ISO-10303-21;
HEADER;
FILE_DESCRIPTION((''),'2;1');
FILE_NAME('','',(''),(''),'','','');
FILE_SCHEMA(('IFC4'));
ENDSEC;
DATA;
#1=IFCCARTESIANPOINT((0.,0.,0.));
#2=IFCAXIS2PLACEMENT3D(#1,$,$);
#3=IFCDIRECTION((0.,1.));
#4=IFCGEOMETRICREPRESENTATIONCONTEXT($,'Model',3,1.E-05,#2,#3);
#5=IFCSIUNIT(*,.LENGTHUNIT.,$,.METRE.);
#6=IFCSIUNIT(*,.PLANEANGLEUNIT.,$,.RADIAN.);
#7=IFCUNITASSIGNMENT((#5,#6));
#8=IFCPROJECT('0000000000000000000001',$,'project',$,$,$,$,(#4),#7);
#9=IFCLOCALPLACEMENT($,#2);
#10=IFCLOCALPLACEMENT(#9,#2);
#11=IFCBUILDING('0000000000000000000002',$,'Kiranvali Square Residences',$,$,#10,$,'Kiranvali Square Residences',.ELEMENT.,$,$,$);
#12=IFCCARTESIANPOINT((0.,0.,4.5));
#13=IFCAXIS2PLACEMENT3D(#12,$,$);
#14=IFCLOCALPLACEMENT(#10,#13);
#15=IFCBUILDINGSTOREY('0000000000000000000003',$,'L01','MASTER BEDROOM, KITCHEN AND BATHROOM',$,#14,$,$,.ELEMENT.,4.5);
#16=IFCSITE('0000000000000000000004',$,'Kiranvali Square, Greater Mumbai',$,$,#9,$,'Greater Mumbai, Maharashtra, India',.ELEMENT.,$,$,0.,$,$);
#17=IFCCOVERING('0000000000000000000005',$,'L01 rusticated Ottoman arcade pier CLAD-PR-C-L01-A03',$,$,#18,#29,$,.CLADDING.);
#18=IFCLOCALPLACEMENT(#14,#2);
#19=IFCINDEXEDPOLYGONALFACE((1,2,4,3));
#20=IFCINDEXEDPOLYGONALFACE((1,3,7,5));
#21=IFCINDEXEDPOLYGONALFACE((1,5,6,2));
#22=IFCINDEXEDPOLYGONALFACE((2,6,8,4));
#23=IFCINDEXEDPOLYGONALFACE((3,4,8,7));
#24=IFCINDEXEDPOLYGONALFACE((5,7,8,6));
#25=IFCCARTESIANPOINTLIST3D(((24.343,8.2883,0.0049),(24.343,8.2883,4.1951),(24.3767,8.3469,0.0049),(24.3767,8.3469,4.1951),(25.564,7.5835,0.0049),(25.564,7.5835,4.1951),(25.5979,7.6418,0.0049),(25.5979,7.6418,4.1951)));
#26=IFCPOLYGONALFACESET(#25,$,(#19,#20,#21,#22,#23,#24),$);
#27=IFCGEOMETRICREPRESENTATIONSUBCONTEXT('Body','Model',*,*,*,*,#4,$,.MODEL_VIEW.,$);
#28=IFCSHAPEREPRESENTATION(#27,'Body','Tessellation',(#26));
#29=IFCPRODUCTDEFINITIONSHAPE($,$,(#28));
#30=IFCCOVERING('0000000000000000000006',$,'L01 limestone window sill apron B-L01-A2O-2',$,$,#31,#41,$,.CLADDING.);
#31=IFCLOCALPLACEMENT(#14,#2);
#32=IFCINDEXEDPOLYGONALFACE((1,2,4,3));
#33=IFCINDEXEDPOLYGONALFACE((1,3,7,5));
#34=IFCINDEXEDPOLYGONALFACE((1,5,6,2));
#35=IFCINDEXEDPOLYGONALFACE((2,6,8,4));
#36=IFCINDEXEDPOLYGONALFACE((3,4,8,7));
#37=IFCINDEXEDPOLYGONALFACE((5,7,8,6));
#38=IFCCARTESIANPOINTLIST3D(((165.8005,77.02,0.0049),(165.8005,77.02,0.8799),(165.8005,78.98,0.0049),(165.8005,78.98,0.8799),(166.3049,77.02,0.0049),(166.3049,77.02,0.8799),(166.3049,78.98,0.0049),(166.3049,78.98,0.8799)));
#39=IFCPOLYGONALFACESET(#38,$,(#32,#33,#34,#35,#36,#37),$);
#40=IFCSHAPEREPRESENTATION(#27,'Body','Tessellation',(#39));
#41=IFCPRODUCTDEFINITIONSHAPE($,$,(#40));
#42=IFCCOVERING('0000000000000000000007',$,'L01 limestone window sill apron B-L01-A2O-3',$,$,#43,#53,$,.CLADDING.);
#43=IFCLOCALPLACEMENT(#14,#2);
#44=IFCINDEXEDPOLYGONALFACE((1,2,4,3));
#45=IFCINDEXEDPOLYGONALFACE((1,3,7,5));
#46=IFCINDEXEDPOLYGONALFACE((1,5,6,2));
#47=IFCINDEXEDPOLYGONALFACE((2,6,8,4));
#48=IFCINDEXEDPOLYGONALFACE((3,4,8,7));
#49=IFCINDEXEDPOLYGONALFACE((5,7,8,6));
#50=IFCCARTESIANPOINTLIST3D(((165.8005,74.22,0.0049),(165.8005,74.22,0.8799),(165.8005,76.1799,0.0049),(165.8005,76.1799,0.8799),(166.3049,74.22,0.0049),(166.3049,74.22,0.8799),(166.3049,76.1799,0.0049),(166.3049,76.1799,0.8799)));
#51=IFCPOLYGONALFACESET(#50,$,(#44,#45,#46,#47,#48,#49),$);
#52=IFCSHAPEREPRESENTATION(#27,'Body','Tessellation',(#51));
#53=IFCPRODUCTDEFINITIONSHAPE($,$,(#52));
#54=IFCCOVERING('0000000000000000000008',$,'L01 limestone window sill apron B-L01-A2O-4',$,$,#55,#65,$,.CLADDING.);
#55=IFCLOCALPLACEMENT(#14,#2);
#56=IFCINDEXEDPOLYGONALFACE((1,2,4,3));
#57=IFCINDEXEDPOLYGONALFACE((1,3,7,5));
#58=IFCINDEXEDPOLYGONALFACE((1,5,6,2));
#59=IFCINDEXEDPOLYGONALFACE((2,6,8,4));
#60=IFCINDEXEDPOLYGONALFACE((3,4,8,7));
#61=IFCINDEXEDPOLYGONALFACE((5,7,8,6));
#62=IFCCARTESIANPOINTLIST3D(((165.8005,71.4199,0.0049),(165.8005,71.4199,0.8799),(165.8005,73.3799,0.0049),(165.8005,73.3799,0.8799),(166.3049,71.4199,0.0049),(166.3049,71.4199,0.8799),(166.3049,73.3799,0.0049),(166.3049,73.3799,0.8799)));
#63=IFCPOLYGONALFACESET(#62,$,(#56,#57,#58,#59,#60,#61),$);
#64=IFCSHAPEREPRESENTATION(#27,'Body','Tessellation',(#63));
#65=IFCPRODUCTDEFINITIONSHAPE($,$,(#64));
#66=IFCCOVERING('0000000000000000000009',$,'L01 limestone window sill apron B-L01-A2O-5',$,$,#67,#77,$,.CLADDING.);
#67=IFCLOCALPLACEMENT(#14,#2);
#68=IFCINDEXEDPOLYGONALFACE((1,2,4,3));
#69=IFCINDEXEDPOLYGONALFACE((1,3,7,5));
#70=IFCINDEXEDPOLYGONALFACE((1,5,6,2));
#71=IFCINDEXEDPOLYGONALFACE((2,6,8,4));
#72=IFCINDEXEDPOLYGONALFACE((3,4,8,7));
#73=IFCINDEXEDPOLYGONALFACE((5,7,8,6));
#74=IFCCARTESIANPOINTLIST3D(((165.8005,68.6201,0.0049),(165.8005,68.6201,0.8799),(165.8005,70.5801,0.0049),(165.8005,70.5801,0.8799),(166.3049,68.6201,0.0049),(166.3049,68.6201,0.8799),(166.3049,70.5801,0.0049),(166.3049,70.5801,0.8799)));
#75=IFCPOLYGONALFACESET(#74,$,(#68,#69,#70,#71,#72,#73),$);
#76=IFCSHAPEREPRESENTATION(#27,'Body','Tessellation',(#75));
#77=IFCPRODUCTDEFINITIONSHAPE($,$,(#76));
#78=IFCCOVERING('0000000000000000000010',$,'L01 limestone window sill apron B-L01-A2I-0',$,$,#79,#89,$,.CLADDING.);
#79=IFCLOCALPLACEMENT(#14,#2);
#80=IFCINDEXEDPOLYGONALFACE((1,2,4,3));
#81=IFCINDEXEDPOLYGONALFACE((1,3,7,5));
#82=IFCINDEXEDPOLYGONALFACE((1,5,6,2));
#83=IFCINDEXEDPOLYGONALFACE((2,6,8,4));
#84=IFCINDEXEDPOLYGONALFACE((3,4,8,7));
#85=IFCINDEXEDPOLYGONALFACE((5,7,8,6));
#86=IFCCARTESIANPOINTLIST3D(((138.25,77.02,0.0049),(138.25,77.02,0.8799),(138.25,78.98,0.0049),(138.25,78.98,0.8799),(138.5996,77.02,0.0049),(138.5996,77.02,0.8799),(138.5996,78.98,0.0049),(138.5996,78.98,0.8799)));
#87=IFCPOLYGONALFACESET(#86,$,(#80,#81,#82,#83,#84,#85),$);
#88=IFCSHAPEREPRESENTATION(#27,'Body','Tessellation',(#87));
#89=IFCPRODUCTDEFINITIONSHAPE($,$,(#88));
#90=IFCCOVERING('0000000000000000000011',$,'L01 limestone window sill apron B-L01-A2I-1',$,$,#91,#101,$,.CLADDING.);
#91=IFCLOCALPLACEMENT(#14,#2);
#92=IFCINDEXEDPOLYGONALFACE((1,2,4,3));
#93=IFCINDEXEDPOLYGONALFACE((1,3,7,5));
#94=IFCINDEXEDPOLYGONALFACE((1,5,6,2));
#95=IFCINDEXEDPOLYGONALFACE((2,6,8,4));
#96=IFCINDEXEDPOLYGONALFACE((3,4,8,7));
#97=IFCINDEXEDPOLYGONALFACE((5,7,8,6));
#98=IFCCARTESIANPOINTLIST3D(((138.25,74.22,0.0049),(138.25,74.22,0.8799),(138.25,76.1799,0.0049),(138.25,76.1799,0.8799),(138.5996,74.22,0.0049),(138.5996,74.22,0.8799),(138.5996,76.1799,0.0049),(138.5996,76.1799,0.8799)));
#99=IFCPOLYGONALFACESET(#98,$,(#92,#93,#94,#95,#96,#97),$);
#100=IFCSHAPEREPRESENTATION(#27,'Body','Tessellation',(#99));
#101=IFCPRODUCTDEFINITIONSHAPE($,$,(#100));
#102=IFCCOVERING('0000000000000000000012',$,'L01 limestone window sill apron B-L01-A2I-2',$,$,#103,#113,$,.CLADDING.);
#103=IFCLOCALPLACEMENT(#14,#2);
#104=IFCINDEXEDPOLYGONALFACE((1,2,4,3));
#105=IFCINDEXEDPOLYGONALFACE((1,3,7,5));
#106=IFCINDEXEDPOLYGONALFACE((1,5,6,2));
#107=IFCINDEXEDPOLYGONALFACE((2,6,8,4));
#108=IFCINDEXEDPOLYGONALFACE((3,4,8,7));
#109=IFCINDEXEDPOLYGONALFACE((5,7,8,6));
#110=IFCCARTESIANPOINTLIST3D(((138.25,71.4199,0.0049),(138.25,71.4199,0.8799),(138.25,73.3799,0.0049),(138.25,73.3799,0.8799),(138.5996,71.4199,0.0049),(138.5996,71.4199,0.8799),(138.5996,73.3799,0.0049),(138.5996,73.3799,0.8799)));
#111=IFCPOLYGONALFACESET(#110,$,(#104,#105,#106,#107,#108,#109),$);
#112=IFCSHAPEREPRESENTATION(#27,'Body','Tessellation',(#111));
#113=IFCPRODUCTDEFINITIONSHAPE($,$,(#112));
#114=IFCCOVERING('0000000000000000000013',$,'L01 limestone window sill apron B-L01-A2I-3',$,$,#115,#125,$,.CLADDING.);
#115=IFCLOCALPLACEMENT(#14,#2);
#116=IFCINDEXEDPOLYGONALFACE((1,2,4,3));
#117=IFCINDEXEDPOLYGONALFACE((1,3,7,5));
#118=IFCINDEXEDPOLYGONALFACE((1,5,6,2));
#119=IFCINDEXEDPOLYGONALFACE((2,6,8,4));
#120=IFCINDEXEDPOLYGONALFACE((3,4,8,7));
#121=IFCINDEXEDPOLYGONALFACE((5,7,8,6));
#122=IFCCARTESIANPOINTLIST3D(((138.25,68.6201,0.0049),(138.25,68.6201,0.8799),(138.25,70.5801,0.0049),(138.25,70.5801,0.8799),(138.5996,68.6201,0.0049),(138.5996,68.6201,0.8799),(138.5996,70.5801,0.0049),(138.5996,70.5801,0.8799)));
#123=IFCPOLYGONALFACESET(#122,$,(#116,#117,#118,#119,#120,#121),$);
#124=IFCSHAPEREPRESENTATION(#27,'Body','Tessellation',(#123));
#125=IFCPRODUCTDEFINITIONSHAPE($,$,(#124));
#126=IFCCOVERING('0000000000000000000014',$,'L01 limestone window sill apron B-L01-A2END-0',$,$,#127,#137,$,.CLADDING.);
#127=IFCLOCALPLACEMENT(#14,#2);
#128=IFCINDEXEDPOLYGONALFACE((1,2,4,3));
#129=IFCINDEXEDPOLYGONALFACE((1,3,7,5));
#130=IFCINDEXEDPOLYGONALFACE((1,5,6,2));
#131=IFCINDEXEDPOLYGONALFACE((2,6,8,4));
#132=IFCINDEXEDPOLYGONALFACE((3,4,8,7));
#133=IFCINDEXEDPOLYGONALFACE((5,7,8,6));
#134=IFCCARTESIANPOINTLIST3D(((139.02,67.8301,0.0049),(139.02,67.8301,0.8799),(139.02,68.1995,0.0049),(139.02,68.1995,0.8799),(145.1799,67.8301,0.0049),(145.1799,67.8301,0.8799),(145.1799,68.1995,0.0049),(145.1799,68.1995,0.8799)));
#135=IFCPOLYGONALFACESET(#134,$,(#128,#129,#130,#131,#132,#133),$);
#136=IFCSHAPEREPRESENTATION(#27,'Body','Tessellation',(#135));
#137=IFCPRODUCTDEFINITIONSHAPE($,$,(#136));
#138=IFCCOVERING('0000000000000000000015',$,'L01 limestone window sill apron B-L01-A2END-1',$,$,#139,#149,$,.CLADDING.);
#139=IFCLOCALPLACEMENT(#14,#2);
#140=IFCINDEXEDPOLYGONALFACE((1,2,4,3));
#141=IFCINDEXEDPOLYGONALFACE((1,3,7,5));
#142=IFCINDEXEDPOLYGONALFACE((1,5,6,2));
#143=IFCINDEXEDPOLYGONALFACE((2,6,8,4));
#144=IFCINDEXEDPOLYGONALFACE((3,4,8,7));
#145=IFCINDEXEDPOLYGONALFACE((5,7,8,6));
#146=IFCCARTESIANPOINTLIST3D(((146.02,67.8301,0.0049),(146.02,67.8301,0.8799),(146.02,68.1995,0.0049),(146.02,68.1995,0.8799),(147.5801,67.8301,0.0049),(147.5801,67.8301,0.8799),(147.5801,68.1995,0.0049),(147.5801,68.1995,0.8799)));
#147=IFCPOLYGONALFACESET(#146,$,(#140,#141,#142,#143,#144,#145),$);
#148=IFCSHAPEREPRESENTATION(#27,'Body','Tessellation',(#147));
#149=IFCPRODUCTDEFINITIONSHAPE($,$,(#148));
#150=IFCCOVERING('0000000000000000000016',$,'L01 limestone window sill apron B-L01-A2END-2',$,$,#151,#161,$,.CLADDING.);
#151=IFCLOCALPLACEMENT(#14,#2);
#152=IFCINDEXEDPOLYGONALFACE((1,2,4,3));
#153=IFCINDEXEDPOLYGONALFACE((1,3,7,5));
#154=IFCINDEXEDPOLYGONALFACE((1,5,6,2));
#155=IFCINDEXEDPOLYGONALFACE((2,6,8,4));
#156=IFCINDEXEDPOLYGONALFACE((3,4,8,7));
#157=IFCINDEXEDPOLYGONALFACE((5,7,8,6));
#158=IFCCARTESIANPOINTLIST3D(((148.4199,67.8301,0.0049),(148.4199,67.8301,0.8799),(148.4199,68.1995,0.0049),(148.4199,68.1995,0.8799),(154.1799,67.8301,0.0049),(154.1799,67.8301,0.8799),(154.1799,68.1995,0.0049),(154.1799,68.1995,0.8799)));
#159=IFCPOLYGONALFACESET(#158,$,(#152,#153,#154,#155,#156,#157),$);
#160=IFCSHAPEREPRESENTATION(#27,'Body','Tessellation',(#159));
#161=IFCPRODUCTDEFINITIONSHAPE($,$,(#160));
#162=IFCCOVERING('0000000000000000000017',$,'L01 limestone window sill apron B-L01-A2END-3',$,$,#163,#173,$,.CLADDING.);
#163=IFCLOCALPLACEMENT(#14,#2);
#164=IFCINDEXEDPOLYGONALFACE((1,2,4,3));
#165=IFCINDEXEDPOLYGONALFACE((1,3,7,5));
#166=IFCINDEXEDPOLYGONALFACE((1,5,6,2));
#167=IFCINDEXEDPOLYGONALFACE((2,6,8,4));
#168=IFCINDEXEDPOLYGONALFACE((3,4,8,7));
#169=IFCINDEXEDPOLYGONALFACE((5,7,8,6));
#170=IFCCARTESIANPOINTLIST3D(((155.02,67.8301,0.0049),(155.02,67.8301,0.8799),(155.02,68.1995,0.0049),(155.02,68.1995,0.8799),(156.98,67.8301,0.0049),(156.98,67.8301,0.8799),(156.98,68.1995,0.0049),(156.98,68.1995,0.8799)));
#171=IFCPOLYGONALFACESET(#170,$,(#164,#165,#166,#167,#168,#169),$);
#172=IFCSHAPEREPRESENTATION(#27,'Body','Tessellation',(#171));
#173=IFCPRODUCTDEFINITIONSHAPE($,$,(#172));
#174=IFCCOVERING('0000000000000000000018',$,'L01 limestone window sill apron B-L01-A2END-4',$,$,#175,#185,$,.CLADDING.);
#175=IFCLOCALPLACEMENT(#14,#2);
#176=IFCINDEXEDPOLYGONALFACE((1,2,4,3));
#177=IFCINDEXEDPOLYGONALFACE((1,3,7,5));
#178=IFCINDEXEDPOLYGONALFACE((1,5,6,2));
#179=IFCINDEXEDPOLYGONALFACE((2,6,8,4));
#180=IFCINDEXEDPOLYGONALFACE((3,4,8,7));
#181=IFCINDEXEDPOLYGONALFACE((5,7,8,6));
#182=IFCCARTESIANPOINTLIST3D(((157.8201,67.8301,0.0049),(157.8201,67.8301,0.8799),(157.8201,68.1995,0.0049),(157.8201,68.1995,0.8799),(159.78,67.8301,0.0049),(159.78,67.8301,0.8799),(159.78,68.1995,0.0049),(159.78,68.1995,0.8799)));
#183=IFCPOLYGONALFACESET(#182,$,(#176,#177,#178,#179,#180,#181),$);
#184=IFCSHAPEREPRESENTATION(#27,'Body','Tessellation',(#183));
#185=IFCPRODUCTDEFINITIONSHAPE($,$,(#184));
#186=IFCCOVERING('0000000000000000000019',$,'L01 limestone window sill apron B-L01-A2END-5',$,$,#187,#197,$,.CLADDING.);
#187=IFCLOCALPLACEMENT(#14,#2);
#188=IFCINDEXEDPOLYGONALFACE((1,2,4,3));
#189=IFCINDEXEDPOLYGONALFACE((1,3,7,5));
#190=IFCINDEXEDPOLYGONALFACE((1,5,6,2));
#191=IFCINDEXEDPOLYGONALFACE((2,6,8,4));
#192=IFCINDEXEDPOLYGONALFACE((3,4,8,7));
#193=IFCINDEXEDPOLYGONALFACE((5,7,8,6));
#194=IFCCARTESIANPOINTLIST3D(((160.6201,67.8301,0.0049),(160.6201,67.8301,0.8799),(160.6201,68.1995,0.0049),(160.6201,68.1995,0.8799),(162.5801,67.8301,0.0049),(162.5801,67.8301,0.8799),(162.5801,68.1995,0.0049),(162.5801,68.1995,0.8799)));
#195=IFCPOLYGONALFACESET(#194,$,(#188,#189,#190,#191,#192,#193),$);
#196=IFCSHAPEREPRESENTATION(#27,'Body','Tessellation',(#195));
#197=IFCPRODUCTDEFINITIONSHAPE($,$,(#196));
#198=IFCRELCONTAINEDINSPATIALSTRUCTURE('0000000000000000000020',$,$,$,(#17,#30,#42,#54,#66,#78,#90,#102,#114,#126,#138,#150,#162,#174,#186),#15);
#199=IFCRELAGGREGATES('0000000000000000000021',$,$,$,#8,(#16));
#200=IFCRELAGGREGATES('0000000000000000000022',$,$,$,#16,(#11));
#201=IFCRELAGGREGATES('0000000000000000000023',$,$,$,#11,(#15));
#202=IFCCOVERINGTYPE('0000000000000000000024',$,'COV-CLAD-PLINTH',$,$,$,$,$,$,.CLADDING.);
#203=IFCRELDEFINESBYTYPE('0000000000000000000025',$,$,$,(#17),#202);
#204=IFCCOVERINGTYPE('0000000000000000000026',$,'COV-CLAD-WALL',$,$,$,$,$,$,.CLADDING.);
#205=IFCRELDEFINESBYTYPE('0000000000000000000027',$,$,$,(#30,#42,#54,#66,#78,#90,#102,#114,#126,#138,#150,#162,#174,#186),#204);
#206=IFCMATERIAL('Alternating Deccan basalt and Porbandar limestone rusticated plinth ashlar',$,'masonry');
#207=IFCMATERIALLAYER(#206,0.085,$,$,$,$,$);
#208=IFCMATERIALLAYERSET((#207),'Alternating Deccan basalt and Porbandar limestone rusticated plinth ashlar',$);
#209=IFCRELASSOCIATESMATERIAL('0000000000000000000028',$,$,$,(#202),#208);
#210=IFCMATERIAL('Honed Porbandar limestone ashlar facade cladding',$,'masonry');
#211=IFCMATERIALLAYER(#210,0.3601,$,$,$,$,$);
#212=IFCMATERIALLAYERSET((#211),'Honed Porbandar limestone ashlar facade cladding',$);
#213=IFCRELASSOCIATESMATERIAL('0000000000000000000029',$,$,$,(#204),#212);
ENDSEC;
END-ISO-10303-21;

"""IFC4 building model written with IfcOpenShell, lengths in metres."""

from ifc_helpers import new_model, si_unit, direction, frame, origin, place, context, subcontext, project, spatial, polyline, outline, extrude, material, layer, layer_set, type_object, element, save


model = new_model("IFC4")

# Units and contexts
model_context = context("Model", 3, precision=1e-05, world=origin(), true_north=direction((0.0, 1.0)))
body_context = subcontext(model_context, "Body", "Model", "MODEL_VIEW")
ifc_project = project(units=[si_unit("LENGTHUNIT", "METRE"), si_unit("PLANEANGLEUNIT", "RADIAN")], contexts=[model_context])

# Site, building, storey
site_placement = place(None, origin())
site = spatial("IfcSite", under=ifc_project, at=site_placement, Name="Kiranvali Square, Greater Mumbai", LongName="Greater Mumbai, Maharashtra, India", CompositionType="ELEMENT", RefElevation=0.0)
building_placement = place(site_placement, origin())
building = spatial("IfcBuilding", under=site, at=building_placement, Name="Kiranvali Square Residences", LongName="Kiranvali Square Residences", CompositionType="ELEMENT")
storey_placement = place(building_placement, frame((0.0, 0.0, 4.5)))
storey = spatial("IfcBuildingStorey", under=building, at=storey_placement, Name="L01", Description="MASTER BEDROOM, KITCHEN AND BATHROOM", CompositionType="ELEMENT", Elevation=4.5)

# Coverings
ifc_material_1 = material(Name="Honed Porbandar limestone ashlar facade cladding", Category="masonry")
ifc_material_2 = material(Name="Alternating Deccan basalt and Porbandar limestone rusticated plinth ashlar", Category="masonry")
ifc_layer_1 = layer(ifc_material_2, 0.085)
ifc_layer_set_1 = layer_set([ifc_layer_1], Name="Alternating Deccan basalt and Porbandar limestone rusticated plinth ashlar")
covering_type_1 = type_object("IfcCoveringType", Name="COV-CLAD-PLINTH", PredefinedType="CLADDING", material=ifc_layer_set_1)
covering_1_placement = place(storey_placement, frame((0.0, 0.0, 0.0049)))
element("IfcCovering", 1, at=covering_1_placement, inside=storey, type_object=covering_type_1, Name="L01 rusticated Ottoman arcade pier CLAD-PR-C-L01-A03", PredefinedType="CLADDING", context=body_context, shape_type="SweptSolid", body=[
    extrude(outline(polyline([(24.343, 8.2883), (25.564, 7.5835), (25.5979, 7.6418), (24.3767, 8.3469), (24.343, 8.2883)])), origin(), (0.0, 0.0, 1.0), 4.1902),
])
ifc_layer_2 = layer(ifc_material_1, 0.3601)
ifc_layer_set_2 = layer_set([ifc_layer_2], Name="Honed Porbandar limestone ashlar facade cladding")
covering_type_2 = type_object("IfcCoveringType", Name="COV-CLAD-WALL", PredefinedType="CLADDING", material=ifc_layer_set_2)
covering_2_placement = place(storey_placement, frame((0.0, 0.0, 0.0049)))
element("IfcCovering", 2, at=covering_2_placement, inside=storey, type_object=covering_type_2, Name="L01 limestone window sill apron B-L01-A2O-2", PredefinedType="CLADDING", context=body_context, shape_type="SweptSolid", body=[
    extrude(outline(polyline([(165.8005, 78.98), (165.8005, 77.02), (166.3049, 77.02), (166.3049, 78.98), (165.8005, 78.98)])), origin(), (0.0, 0.0, 1.0), 0.875),
])
covering_3_placement = place(storey_placement, frame((0.0, 0.0, 0.0049)))
element("IfcCovering", 3, at=covering_3_placement, inside=storey, type_object=covering_type_2, Name="L01 limestone window sill apron B-L01-A2O-3", PredefinedType="CLADDING", context=body_context, shape_type="SweptSolid", body=[
    extrude(outline(polyline([(165.8005, 76.1799), (165.8005, 74.22), (166.3049, 74.22), (166.3049, 76.1799), (165.8005, 76.1799)])), origin(), (0.0, 0.0, 1.0), 0.875),
])
covering_4_placement = place(storey_placement, frame((0.0, 0.0, 0.0049)))
element("IfcCovering", 4, at=covering_4_placement, inside=storey, type_object=covering_type_2, Name="L01 limestone window sill apron B-L01-A2O-4", PredefinedType="CLADDING", context=body_context, shape_type="SweptSolid", body=[
    extrude(outline(polyline([(165.8005, 73.3799), (165.8005, 71.4199), (166.3049, 71.4199), (166.3049, 73.3799), (165.8005, 73.3799)])), origin(), (0.0, 0.0, 1.0), 0.875),
])
covering_5_placement = place(storey_placement, frame((0.0, 0.0, 0.0049)))
element("IfcCovering", 5, at=covering_5_placement, inside=storey, type_object=covering_type_2, Name="L01 limestone window sill apron B-L01-A2O-5", PredefinedType="CLADDING", context=body_context, shape_type="SweptSolid", body=[
    extrude(outline(polyline([(165.8005, 70.5801), (165.8005, 68.6201), (166.3049, 68.6201), (166.3049, 70.5801), (165.8005, 70.5801)])), origin(), (0.0, 0.0, 1.0), 0.875),
])
covering_6_placement = place(storey_placement, frame((0.0, 0.0, 0.0049)))
element("IfcCovering", 6, at=covering_6_placement, inside=storey, type_object=covering_type_2, Name="L01 limestone window sill apron B-L01-A2I-0", PredefinedType="CLADDING", context=body_context, shape_type="SweptSolid", body=[
    extrude(outline(polyline([(138.25, 78.98), (138.25, 77.02), (138.5996, 77.02), (138.5996, 78.98), (138.25, 78.98)])), origin(), (0.0, 0.0, 1.0), 0.875),
])
covering_7_placement = place(storey_placement, frame((0.0, 0.0, 0.0049)))
element("IfcCovering", 7, at=covering_7_placement, inside=storey, type_object=covering_type_2, Name="L01 limestone window sill apron B-L01-A2I-1", PredefinedType="CLADDING", context=body_context, shape_type="SweptSolid", body=[
    extrude(outline(polyline([(138.25, 76.1799), (138.25, 74.22), (138.5996, 74.22), (138.5996, 76.1799), (138.25, 76.1799)])), origin(), (0.0, 0.0, 1.0), 0.875),
])
covering_8_placement = place(storey_placement, frame((0.0, 0.0, 0.0049)))
element("IfcCovering", 8, at=covering_8_placement, inside=storey, type_object=covering_type_2, Name="L01 limestone window sill apron B-L01-A2I-2", PredefinedType="CLADDING", context=body_context, shape_type="SweptSolid", body=[
    extrude(outline(polyline([(138.25, 73.3799), (138.25, 71.4199), (138.5996, 71.4199), (138.5996, 73.3799), (138.25, 73.3799)])), origin(), (0.0, 0.0, 1.0), 0.875),
])
covering_9_placement = place(storey_placement, frame((0.0, 0.0, 0.0049)))
element("IfcCovering", 9, at=covering_9_placement, inside=storey, type_object=covering_type_2, Name="L01 limestone window sill apron B-L01-A2I-3", PredefinedType="CLADDING", context=body_context, shape_type="SweptSolid", body=[
    extrude(outline(polyline([(138.25, 70.5801), (138.25, 68.6201), (138.5996, 68.6201), (138.5996, 70.5801), (138.25, 70.5801)])), origin(), (0.0, 0.0, 1.0), 0.875),
])
covering_10_placement = place(storey_placement, frame((0.0, 0.0, 0.0049)))
element("IfcCovering", 10, at=covering_10_placement, inside=storey, type_object=covering_type_2, Name="L01 limestone window sill apron B-L01-A2END-0", PredefinedType="CLADDING", context=body_context, shape_type="SweptSolid", body=[
    extrude(outline(polyline([(139.02, 67.8301), (145.1799, 67.8301), (145.1799, 68.1995), (139.02, 68.1995), (139.02, 67.8301)])), origin(), (0.0, 0.0, 1.0), 0.875),
])
covering_11_placement = place(storey_placement, frame((0.0, 0.0, 0.0049)))
element("IfcCovering", 11, at=covering_11_placement, inside=storey, type_object=covering_type_2, Name="L01 limestone window sill apron B-L01-A2END-1", PredefinedType="CLADDING", context=body_context, shape_type="SweptSolid", body=[
    extrude(outline(polyline([(146.02, 67.8301), (147.5801, 67.8301), (147.5801, 68.1995), (146.02, 68.1995), (146.02, 67.8301)])), origin(), (0.0, 0.0, 1.0), 0.875),
])
covering_12_placement = place(storey_placement, frame((0.0, 0.0, 0.0049)))
element("IfcCovering", 12, at=covering_12_placement, inside=storey, type_object=covering_type_2, Name="L01 limestone window sill apron B-L01-A2END-2", PredefinedType="CLADDING", context=body_context, shape_type="SweptSolid", body=[
    extrude(outline(polyline([(148.4199, 67.8301), (154.1799, 67.8301), (154.1799, 68.1995), (148.4199, 68.1995), (148.4199, 67.8301)])), origin(), (0.0, 0.0, 1.0), 0.875),
])
covering_13_placement = place(storey_placement, frame((0.0, 0.0, 0.0049)))
element("IfcCovering", 13, at=covering_13_placement, inside=storey, type_object=covering_type_2, Name="L01 limestone window sill apron B-L01-A2END-3", PredefinedType="CLADDING", context=body_context, shape_type="SweptSolid", body=[
    extrude(outline(polyline([(155.02, 67.8301), (156.98, 67.8301), (156.98, 68.1995), (155.02, 68.1995), (155.02, 67.8301)])), origin(), (0.0, 0.0, 1.0), 0.875),
])
covering_14_placement = place(storey_placement, frame((0.0, 0.0, 0.0049)))
element("IfcCovering", 14, at=covering_14_placement, inside=storey, type_object=covering_type_2, Name="L01 limestone window sill apron B-L01-A2END-4", PredefinedType="CLADDING", context=body_context, shape_type="SweptSolid", body=[
    extrude(outline(polyline([(157.8201, 67.8301), (159.78, 67.8301), (159.78, 68.1995), (157.8201, 68.1995), (157.8201, 67.8301)])), origin(), (0.0, 0.0, 1.0), 0.875),
])
covering_15_placement = place(storey_placement, frame((0.0, 0.0, 0.0049)))
element("IfcCovering", 15, at=covering_15_placement, inside=storey, type_object=covering_type_2, Name="L01 limestone window sill apron B-L01-A2END-5", PredefinedType="CLADDING", context=body_context, shape_type="SweptSolid", body=[
    extrude(outline(polyline([(160.6201, 67.8301), (162.5801, 67.8301), (162.5801, 68.1995), (160.6201, 68.1995), (160.6201, 67.8301)])), origin(), (0.0, 0.0, 1.0), 0.875),
])

save(model, "model.ifc")
